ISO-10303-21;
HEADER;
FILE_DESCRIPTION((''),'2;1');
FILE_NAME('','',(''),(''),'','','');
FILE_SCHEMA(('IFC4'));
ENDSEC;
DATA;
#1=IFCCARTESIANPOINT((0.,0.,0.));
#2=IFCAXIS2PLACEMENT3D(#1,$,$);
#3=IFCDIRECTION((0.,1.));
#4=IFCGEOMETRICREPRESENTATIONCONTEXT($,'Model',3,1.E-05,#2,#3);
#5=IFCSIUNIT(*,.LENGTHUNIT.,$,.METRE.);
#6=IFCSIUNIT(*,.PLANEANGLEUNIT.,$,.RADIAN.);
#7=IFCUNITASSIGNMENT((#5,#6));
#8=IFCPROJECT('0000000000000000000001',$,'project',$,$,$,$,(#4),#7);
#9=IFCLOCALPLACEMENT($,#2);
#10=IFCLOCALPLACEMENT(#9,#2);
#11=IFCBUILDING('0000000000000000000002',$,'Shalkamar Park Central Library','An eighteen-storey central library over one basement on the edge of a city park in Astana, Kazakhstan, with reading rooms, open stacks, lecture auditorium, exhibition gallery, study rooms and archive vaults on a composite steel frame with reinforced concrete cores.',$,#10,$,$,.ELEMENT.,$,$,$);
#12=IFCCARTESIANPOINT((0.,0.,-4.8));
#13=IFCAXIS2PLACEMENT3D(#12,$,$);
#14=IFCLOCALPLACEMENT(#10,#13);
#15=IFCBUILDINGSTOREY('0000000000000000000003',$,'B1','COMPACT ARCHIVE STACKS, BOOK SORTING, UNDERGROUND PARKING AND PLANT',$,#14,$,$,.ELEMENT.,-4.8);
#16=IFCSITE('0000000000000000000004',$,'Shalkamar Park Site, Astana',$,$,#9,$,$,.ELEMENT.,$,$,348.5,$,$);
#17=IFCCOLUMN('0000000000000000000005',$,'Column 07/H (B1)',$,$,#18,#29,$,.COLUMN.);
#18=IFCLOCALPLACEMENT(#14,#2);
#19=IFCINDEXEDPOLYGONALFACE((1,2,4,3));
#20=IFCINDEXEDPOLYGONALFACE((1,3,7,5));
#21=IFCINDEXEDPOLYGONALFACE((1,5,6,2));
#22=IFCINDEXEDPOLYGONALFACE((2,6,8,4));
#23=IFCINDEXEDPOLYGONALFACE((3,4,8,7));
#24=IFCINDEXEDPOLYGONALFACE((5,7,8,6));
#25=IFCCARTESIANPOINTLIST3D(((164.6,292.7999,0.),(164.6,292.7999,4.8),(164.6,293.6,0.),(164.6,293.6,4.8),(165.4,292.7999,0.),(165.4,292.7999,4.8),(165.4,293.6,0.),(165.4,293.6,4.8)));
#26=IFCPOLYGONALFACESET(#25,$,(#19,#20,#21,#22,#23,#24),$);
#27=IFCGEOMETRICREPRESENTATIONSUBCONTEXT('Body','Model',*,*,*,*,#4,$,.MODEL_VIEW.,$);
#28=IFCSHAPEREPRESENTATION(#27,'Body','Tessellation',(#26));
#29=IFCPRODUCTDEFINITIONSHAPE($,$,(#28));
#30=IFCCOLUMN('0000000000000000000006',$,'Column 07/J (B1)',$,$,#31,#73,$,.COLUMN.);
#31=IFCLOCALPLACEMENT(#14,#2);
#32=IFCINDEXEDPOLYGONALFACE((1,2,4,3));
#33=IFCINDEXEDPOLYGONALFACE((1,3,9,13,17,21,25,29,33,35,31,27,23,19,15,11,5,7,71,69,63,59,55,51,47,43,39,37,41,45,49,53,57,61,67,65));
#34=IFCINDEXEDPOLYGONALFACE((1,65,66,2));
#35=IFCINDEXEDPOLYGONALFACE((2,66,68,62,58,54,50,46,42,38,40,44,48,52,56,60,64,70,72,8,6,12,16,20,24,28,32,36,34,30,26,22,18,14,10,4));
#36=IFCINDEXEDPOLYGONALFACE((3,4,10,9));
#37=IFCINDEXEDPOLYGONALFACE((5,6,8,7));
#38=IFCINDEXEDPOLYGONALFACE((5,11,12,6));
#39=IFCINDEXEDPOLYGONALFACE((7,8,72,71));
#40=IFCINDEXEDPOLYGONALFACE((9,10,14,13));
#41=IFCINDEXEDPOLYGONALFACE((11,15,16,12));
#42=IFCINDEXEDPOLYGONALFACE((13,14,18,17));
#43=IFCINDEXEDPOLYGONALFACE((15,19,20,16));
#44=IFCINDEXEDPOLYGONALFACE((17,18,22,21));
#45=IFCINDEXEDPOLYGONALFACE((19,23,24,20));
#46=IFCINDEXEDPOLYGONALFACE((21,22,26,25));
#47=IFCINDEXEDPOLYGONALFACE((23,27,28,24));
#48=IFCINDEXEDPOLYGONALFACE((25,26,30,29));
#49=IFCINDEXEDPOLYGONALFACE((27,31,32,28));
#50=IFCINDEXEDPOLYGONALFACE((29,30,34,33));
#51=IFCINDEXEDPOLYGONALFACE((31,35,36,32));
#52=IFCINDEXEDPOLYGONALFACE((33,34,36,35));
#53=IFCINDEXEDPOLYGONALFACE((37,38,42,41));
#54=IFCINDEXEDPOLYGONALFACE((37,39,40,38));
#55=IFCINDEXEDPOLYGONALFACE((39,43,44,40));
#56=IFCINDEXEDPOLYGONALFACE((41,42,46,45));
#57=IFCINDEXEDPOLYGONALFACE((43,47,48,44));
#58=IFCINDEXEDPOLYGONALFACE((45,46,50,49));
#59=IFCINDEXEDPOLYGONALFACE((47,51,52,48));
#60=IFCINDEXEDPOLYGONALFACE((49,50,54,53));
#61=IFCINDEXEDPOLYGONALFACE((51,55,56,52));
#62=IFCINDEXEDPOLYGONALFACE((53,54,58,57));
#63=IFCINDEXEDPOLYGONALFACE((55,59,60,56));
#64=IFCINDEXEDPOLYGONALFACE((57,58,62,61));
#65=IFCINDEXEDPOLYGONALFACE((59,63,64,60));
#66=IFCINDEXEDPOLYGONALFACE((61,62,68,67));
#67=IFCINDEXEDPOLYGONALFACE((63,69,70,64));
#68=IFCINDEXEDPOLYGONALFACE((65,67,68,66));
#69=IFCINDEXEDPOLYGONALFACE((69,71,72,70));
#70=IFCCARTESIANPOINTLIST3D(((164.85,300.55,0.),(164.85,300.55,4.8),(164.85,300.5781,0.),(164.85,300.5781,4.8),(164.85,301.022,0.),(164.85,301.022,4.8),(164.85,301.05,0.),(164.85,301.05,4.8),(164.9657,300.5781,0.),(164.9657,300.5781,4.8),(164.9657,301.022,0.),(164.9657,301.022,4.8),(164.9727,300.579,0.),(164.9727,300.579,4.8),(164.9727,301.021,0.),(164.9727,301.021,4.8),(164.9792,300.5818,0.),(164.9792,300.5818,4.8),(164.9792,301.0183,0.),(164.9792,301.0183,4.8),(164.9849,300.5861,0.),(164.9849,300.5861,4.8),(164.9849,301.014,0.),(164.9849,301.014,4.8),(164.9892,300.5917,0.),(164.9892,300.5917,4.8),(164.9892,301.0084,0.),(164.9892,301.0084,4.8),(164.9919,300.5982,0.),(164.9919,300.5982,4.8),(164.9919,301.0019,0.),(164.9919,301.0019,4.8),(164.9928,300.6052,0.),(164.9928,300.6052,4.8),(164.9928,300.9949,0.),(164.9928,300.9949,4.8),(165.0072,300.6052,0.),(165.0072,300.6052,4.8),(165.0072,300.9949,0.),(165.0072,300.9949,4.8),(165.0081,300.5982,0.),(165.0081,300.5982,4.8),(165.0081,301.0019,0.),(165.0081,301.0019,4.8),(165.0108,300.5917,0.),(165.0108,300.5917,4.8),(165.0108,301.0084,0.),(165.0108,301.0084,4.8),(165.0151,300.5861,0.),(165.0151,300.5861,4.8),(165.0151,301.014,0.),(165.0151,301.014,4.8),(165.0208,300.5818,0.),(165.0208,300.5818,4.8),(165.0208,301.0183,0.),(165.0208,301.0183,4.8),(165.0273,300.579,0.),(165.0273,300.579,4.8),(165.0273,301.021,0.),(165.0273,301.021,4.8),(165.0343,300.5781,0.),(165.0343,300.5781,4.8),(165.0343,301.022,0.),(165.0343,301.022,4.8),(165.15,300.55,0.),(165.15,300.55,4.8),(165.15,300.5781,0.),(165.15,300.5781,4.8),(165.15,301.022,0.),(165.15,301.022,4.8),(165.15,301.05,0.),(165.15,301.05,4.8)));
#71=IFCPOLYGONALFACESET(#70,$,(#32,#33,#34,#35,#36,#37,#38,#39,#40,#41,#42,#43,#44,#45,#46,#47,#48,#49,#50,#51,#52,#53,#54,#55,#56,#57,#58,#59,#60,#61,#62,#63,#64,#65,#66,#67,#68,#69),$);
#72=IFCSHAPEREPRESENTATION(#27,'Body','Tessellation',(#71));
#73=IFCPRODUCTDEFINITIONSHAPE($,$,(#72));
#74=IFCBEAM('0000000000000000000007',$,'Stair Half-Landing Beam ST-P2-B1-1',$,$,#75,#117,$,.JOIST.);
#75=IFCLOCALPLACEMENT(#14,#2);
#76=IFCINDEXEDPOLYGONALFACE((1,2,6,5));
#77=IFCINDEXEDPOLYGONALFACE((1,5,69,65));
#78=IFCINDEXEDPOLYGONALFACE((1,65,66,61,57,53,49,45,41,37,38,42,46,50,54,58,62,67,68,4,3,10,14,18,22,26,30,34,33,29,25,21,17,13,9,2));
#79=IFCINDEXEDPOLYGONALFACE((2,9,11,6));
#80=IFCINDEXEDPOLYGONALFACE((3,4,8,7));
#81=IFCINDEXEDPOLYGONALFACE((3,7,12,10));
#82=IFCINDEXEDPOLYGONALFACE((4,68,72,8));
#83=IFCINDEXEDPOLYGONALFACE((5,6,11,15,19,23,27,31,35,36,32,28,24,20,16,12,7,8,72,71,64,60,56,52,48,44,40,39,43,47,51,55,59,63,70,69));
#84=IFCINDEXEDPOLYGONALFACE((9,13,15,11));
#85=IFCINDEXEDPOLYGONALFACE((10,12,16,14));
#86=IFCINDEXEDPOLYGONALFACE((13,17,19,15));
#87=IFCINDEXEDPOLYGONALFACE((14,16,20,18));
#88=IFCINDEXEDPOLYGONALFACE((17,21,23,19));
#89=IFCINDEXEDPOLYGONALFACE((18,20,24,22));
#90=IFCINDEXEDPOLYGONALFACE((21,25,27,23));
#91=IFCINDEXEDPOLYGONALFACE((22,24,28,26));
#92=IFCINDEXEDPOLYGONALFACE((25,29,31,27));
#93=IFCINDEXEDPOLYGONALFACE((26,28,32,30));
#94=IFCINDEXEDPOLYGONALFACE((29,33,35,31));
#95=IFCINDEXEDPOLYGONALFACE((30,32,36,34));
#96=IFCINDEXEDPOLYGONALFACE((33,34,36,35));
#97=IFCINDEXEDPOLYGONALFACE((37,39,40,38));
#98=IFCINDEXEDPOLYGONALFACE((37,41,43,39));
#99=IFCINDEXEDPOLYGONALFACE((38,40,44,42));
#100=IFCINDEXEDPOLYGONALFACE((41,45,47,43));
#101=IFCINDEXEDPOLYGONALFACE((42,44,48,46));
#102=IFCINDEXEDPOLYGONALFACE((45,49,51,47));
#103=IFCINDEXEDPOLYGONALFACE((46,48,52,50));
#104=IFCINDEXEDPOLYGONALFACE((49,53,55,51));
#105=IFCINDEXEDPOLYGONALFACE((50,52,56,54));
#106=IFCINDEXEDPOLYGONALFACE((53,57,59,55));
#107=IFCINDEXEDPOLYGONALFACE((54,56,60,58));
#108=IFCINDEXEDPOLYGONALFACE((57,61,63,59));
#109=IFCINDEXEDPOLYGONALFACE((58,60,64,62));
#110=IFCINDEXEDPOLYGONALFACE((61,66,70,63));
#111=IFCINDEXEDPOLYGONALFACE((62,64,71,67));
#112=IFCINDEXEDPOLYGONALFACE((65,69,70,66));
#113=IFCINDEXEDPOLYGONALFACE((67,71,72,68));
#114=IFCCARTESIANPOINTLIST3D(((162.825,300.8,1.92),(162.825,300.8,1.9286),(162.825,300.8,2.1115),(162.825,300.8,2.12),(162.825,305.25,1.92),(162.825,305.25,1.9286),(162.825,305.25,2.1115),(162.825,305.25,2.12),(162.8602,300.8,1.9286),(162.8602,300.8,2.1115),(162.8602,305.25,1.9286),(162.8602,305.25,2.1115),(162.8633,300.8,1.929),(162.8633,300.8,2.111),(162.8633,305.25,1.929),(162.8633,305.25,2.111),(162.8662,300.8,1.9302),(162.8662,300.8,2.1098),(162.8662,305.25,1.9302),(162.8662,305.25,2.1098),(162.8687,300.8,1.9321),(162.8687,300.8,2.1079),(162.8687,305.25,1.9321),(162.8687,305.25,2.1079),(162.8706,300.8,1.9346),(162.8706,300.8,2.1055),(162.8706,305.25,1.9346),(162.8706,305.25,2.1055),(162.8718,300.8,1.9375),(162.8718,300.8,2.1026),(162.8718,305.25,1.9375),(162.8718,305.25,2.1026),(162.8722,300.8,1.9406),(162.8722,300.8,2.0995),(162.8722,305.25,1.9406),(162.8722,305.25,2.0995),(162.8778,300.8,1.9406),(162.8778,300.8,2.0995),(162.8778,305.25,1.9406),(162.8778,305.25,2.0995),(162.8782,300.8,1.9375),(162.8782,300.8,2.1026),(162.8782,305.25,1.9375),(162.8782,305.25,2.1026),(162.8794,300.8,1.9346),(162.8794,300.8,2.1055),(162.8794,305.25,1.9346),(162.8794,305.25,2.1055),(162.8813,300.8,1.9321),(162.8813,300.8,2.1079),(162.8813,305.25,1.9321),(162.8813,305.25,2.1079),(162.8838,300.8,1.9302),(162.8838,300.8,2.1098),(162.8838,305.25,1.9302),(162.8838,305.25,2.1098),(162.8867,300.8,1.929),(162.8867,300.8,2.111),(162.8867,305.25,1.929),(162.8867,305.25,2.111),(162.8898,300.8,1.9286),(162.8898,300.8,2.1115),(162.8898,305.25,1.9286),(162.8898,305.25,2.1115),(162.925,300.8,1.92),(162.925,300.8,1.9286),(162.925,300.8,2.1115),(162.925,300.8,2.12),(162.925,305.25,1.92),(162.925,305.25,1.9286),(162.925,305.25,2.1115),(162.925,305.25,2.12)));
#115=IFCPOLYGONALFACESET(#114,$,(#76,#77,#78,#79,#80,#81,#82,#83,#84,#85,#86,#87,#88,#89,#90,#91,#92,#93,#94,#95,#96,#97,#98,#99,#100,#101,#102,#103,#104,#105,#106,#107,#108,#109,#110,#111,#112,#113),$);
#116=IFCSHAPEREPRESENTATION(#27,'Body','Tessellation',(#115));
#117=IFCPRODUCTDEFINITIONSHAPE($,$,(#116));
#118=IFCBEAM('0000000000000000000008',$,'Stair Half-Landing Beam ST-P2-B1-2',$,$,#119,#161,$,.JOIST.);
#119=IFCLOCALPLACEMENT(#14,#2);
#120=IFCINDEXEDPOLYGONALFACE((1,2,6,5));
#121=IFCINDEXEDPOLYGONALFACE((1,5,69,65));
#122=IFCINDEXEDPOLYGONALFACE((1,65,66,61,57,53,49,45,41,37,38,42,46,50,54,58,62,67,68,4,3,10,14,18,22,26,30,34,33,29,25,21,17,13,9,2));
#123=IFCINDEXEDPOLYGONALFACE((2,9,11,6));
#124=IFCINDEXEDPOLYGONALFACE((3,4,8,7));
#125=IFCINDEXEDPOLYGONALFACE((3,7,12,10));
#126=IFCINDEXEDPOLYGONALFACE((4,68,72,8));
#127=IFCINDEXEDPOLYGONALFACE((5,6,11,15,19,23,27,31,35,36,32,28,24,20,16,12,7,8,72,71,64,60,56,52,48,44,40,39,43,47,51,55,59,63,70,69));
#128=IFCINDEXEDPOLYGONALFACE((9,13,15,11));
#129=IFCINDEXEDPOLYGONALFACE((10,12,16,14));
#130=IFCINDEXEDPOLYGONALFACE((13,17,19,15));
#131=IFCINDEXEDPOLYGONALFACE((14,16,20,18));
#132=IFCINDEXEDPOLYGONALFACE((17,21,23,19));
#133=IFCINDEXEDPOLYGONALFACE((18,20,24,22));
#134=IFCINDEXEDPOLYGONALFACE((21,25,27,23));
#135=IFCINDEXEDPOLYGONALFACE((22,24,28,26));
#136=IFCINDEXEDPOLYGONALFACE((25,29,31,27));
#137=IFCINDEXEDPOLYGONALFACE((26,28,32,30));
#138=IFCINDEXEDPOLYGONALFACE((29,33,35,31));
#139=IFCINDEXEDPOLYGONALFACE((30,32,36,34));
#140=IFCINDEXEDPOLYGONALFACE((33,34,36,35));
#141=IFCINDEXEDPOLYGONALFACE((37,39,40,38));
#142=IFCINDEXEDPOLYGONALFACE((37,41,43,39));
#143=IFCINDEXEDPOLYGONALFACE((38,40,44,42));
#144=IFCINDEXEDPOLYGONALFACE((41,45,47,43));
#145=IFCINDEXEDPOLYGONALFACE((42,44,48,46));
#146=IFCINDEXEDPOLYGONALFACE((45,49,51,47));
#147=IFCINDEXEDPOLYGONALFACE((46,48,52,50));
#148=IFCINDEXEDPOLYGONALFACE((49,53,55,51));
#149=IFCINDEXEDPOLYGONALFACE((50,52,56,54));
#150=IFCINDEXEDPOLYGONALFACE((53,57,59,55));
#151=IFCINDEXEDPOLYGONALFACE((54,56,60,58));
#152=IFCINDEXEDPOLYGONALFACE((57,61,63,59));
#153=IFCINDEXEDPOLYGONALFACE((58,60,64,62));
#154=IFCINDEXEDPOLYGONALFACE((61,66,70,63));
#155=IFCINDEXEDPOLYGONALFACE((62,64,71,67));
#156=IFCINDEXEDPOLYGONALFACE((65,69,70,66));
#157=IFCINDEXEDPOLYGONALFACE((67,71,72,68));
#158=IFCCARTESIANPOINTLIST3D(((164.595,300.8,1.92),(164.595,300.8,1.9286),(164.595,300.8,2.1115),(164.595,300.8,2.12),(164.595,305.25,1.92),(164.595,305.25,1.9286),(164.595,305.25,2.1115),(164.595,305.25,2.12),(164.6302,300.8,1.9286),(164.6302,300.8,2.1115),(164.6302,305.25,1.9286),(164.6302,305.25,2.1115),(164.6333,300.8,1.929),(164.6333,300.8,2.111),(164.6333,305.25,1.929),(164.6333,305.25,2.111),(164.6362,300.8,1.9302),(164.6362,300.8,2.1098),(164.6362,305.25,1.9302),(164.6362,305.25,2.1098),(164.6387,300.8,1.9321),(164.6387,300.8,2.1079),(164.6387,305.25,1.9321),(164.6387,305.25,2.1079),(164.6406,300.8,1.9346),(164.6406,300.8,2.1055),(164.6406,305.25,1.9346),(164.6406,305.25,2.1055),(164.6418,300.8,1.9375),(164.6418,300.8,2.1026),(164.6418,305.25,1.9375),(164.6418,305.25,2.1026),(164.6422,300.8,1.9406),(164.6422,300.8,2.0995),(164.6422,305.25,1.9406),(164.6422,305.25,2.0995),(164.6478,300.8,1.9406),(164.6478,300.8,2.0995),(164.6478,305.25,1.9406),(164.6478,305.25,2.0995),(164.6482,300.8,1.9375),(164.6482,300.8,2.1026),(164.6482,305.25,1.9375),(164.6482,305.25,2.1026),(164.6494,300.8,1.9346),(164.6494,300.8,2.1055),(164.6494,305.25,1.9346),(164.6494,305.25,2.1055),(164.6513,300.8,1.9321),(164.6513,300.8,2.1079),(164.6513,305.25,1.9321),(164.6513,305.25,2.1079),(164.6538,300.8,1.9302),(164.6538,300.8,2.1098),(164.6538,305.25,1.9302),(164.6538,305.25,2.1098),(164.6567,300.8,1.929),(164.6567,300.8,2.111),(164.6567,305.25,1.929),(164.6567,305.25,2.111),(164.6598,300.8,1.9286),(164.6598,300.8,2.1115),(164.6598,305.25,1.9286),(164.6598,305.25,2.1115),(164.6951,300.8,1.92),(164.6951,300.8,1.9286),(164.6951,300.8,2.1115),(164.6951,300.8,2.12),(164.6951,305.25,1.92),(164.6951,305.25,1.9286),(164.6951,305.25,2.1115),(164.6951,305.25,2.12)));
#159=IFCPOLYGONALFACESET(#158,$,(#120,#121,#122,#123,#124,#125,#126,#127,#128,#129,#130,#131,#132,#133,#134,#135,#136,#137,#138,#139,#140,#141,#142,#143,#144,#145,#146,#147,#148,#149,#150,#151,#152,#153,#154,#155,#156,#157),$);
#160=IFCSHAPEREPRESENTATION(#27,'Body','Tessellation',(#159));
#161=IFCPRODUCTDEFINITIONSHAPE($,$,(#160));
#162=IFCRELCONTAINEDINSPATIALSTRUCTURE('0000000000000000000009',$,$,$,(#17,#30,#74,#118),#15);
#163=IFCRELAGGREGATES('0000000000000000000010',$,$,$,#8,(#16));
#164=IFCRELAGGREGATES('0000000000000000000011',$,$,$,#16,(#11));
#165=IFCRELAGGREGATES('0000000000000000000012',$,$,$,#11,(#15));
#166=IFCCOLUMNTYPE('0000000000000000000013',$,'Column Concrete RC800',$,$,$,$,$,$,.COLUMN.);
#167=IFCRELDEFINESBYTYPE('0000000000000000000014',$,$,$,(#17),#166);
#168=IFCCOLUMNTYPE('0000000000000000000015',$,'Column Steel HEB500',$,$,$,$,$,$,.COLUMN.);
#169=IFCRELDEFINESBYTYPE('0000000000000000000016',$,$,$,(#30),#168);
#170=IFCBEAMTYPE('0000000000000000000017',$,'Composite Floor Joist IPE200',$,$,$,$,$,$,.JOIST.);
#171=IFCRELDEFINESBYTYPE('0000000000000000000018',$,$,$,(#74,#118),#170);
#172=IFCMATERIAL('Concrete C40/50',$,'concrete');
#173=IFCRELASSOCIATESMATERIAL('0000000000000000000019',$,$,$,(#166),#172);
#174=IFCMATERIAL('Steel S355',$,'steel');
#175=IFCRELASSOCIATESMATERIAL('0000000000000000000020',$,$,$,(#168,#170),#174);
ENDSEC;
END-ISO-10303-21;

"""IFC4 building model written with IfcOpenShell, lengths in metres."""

from ifc_helpers import new_model, si_unit, direction, frame, origin, origin_2d, place, context, subcontext, project, spatial, rectangle, i_section, extrude, material, material_profile, profile_set, type_object, element, save


model = new_model("IFC4")

# Units and contexts
model_context = context("Model", 3, precision=1e-05, world=origin(), true_north=direction((0.0, 1.0)))
body_context = subcontext(model_context, "Body", "Model", "MODEL_VIEW")
ifc_project = project(units=[si_unit("LENGTHUNIT", "METRE"), si_unit("PLANEANGLEUNIT", "RADIAN")], contexts=[model_context])

# Site, building, storey
site_placement = place(None, origin())
site = spatial("IfcSite", under=ifc_project, at=site_placement, Name="Shalkamar Park Site, Astana", CompositionType="ELEMENT", RefElevation=348.5)
building_placement = place(site_placement, origin())
building = spatial("IfcBuilding", under=site, at=building_placement, Name="Shalkamar Park Central Library", Description="An eighteen-storey central library over one basement on the edge of a city park in Astana, Kazakhstan, with reading rooms, open stacks, lecture auditorium, exhibition gallery, study rooms and archive vaults on a composite steel frame with reinforced concrete cores.", CompositionType="ELEMENT")
storey_placement = place(building_placement, frame((0.0, 0.0, -4.8)))
storey = spatial("IfcBuildingStorey", under=building, at=storey_placement, Name="B1", Description="COMPACT ARCHIVE STACKS, BOOK SORTING, UNDERGROUND PARKING AND PLANT", CompositionType="ELEMENT", Elevation=-4.8)

# Columns
ifc_material_1 = material(Name="Concrete C40/50", Category="concrete")
ifc_material_profile_1 = material_profile(ifc_material_1, rectangle(XDim=0.8, YDim=0.8, at=origin_2d()), Name="RC 800x800")
ifc_profile_set_1 = profile_set([ifc_material_profile_1], Name="Concrete C40/50")
column_type_1 = type_object("IfcColumnType", Name="Column Concrete RC800", PredefinedType="COLUMN", material=ifc_profile_set_1)
column_1_placement = place(storey_placement, frame((165.0, 293.2, 0.0), z_axis=(0.0, 0.0, 1.0), x_axis=(1.0, 0.0, 0.0)))
element("IfcColumn", 1, at=column_1_placement, inside=storey, type_object=column_type_1, Name="Column 07/H (B1)", PredefinedType="COLUMN", context=body_context, shape_type="SweptSolid", body=[
    extrude(rectangle(XDim=0.8, YDim=0.8, at=origin_2d()), origin(), (0.0, 0.0, 1.0), 4.8),
])
ifc_material_2 = material(Name="Steel S355", Category="steel")
ifc_material_profile_2 = material_profile(ifc_material_2, i_section(OverallWidth=0.3, OverallDepth=0.5, WebThickness=0.0144, FlangeThickness=0.0281, FilletRadius=0.0271, at=origin_2d()), Name="HEB 500")
ifc_profile_set_2 = profile_set([ifc_material_profile_2], Name="Steel S355")
column_type_2 = type_object("IfcColumnType", Name="Column Steel HEB500", PredefinedType="COLUMN", material=ifc_profile_set_2)
column_2_placement = place(storey_placement, frame((165.0, 300.8, 0.0), z_axis=(0.0, 0.0, 1.0), x_axis=(1.0, 0.0, 0.0)))
element("IfcColumn", 2, at=column_2_placement, inside=storey, type_object=column_type_2, Name="Column 07/J (B1)", PredefinedType="COLUMN", context=body_context, shape_type="SweptSolid", body=[
    extrude(i_section(OverallWidth=0.3, OverallDepth=0.5, WebThickness=0.0144, FlangeThickness=0.0281, FilletRadius=0.0271, at=origin_2d()), origin(), (0.0, 0.0, 1.0), 4.8),
])

# Beams
ifc_material_profile_3 = material_profile(ifc_material_2, i_section(OverallWidth=0.1001, OverallDepth=0.2, WebThickness=0.0056, FlangeThickness=0.0085, FilletRadius=0.012, at=origin_2d()), Name="IPE 200")
ifc_profile_set_3 = profile_set([ifc_material_profile_3], Name="Steel S355")
beam_type_1 = type_object("IfcBeamType", Name="Composite Floor Joist IPE200", PredefinedType="JOIST", material=ifc_profile_set_3)
for number, where, z_axis, x_axis, name in (
    (3, (162.875, 300.8, 2.02), (0.0, 1.0, 0.0), (-1.0, 0.0, 0.0), "Stair Half-Landing Beam ST-P2-B1-1"),
    (4, (164.645, 300.8, 2.02), (0.0, 1.0, 0.0), (-1.0, 0.0, 0.0), "Stair Half-Landing Beam ST-P2-B1-2"),
):
    element("IfcBeam", number, at=place(storey_placement, frame(where, z_axis=z_axis, x_axis=x_axis)), inside=storey, type_object=beam_type_1, Name=name, PredefinedType="JOIST", context=body_context, shape_type="SweptSolid", body=[
        extrude(i_section(OverallWidth=0.1001, OverallDepth=0.2, WebThickness=0.0056, FlangeThickness=0.0085, FilletRadius=0.012, at=origin_2d()), origin(), (0.0, 0.0, 1.0), 4.45),
    ])

save(model, "model.ifc")
